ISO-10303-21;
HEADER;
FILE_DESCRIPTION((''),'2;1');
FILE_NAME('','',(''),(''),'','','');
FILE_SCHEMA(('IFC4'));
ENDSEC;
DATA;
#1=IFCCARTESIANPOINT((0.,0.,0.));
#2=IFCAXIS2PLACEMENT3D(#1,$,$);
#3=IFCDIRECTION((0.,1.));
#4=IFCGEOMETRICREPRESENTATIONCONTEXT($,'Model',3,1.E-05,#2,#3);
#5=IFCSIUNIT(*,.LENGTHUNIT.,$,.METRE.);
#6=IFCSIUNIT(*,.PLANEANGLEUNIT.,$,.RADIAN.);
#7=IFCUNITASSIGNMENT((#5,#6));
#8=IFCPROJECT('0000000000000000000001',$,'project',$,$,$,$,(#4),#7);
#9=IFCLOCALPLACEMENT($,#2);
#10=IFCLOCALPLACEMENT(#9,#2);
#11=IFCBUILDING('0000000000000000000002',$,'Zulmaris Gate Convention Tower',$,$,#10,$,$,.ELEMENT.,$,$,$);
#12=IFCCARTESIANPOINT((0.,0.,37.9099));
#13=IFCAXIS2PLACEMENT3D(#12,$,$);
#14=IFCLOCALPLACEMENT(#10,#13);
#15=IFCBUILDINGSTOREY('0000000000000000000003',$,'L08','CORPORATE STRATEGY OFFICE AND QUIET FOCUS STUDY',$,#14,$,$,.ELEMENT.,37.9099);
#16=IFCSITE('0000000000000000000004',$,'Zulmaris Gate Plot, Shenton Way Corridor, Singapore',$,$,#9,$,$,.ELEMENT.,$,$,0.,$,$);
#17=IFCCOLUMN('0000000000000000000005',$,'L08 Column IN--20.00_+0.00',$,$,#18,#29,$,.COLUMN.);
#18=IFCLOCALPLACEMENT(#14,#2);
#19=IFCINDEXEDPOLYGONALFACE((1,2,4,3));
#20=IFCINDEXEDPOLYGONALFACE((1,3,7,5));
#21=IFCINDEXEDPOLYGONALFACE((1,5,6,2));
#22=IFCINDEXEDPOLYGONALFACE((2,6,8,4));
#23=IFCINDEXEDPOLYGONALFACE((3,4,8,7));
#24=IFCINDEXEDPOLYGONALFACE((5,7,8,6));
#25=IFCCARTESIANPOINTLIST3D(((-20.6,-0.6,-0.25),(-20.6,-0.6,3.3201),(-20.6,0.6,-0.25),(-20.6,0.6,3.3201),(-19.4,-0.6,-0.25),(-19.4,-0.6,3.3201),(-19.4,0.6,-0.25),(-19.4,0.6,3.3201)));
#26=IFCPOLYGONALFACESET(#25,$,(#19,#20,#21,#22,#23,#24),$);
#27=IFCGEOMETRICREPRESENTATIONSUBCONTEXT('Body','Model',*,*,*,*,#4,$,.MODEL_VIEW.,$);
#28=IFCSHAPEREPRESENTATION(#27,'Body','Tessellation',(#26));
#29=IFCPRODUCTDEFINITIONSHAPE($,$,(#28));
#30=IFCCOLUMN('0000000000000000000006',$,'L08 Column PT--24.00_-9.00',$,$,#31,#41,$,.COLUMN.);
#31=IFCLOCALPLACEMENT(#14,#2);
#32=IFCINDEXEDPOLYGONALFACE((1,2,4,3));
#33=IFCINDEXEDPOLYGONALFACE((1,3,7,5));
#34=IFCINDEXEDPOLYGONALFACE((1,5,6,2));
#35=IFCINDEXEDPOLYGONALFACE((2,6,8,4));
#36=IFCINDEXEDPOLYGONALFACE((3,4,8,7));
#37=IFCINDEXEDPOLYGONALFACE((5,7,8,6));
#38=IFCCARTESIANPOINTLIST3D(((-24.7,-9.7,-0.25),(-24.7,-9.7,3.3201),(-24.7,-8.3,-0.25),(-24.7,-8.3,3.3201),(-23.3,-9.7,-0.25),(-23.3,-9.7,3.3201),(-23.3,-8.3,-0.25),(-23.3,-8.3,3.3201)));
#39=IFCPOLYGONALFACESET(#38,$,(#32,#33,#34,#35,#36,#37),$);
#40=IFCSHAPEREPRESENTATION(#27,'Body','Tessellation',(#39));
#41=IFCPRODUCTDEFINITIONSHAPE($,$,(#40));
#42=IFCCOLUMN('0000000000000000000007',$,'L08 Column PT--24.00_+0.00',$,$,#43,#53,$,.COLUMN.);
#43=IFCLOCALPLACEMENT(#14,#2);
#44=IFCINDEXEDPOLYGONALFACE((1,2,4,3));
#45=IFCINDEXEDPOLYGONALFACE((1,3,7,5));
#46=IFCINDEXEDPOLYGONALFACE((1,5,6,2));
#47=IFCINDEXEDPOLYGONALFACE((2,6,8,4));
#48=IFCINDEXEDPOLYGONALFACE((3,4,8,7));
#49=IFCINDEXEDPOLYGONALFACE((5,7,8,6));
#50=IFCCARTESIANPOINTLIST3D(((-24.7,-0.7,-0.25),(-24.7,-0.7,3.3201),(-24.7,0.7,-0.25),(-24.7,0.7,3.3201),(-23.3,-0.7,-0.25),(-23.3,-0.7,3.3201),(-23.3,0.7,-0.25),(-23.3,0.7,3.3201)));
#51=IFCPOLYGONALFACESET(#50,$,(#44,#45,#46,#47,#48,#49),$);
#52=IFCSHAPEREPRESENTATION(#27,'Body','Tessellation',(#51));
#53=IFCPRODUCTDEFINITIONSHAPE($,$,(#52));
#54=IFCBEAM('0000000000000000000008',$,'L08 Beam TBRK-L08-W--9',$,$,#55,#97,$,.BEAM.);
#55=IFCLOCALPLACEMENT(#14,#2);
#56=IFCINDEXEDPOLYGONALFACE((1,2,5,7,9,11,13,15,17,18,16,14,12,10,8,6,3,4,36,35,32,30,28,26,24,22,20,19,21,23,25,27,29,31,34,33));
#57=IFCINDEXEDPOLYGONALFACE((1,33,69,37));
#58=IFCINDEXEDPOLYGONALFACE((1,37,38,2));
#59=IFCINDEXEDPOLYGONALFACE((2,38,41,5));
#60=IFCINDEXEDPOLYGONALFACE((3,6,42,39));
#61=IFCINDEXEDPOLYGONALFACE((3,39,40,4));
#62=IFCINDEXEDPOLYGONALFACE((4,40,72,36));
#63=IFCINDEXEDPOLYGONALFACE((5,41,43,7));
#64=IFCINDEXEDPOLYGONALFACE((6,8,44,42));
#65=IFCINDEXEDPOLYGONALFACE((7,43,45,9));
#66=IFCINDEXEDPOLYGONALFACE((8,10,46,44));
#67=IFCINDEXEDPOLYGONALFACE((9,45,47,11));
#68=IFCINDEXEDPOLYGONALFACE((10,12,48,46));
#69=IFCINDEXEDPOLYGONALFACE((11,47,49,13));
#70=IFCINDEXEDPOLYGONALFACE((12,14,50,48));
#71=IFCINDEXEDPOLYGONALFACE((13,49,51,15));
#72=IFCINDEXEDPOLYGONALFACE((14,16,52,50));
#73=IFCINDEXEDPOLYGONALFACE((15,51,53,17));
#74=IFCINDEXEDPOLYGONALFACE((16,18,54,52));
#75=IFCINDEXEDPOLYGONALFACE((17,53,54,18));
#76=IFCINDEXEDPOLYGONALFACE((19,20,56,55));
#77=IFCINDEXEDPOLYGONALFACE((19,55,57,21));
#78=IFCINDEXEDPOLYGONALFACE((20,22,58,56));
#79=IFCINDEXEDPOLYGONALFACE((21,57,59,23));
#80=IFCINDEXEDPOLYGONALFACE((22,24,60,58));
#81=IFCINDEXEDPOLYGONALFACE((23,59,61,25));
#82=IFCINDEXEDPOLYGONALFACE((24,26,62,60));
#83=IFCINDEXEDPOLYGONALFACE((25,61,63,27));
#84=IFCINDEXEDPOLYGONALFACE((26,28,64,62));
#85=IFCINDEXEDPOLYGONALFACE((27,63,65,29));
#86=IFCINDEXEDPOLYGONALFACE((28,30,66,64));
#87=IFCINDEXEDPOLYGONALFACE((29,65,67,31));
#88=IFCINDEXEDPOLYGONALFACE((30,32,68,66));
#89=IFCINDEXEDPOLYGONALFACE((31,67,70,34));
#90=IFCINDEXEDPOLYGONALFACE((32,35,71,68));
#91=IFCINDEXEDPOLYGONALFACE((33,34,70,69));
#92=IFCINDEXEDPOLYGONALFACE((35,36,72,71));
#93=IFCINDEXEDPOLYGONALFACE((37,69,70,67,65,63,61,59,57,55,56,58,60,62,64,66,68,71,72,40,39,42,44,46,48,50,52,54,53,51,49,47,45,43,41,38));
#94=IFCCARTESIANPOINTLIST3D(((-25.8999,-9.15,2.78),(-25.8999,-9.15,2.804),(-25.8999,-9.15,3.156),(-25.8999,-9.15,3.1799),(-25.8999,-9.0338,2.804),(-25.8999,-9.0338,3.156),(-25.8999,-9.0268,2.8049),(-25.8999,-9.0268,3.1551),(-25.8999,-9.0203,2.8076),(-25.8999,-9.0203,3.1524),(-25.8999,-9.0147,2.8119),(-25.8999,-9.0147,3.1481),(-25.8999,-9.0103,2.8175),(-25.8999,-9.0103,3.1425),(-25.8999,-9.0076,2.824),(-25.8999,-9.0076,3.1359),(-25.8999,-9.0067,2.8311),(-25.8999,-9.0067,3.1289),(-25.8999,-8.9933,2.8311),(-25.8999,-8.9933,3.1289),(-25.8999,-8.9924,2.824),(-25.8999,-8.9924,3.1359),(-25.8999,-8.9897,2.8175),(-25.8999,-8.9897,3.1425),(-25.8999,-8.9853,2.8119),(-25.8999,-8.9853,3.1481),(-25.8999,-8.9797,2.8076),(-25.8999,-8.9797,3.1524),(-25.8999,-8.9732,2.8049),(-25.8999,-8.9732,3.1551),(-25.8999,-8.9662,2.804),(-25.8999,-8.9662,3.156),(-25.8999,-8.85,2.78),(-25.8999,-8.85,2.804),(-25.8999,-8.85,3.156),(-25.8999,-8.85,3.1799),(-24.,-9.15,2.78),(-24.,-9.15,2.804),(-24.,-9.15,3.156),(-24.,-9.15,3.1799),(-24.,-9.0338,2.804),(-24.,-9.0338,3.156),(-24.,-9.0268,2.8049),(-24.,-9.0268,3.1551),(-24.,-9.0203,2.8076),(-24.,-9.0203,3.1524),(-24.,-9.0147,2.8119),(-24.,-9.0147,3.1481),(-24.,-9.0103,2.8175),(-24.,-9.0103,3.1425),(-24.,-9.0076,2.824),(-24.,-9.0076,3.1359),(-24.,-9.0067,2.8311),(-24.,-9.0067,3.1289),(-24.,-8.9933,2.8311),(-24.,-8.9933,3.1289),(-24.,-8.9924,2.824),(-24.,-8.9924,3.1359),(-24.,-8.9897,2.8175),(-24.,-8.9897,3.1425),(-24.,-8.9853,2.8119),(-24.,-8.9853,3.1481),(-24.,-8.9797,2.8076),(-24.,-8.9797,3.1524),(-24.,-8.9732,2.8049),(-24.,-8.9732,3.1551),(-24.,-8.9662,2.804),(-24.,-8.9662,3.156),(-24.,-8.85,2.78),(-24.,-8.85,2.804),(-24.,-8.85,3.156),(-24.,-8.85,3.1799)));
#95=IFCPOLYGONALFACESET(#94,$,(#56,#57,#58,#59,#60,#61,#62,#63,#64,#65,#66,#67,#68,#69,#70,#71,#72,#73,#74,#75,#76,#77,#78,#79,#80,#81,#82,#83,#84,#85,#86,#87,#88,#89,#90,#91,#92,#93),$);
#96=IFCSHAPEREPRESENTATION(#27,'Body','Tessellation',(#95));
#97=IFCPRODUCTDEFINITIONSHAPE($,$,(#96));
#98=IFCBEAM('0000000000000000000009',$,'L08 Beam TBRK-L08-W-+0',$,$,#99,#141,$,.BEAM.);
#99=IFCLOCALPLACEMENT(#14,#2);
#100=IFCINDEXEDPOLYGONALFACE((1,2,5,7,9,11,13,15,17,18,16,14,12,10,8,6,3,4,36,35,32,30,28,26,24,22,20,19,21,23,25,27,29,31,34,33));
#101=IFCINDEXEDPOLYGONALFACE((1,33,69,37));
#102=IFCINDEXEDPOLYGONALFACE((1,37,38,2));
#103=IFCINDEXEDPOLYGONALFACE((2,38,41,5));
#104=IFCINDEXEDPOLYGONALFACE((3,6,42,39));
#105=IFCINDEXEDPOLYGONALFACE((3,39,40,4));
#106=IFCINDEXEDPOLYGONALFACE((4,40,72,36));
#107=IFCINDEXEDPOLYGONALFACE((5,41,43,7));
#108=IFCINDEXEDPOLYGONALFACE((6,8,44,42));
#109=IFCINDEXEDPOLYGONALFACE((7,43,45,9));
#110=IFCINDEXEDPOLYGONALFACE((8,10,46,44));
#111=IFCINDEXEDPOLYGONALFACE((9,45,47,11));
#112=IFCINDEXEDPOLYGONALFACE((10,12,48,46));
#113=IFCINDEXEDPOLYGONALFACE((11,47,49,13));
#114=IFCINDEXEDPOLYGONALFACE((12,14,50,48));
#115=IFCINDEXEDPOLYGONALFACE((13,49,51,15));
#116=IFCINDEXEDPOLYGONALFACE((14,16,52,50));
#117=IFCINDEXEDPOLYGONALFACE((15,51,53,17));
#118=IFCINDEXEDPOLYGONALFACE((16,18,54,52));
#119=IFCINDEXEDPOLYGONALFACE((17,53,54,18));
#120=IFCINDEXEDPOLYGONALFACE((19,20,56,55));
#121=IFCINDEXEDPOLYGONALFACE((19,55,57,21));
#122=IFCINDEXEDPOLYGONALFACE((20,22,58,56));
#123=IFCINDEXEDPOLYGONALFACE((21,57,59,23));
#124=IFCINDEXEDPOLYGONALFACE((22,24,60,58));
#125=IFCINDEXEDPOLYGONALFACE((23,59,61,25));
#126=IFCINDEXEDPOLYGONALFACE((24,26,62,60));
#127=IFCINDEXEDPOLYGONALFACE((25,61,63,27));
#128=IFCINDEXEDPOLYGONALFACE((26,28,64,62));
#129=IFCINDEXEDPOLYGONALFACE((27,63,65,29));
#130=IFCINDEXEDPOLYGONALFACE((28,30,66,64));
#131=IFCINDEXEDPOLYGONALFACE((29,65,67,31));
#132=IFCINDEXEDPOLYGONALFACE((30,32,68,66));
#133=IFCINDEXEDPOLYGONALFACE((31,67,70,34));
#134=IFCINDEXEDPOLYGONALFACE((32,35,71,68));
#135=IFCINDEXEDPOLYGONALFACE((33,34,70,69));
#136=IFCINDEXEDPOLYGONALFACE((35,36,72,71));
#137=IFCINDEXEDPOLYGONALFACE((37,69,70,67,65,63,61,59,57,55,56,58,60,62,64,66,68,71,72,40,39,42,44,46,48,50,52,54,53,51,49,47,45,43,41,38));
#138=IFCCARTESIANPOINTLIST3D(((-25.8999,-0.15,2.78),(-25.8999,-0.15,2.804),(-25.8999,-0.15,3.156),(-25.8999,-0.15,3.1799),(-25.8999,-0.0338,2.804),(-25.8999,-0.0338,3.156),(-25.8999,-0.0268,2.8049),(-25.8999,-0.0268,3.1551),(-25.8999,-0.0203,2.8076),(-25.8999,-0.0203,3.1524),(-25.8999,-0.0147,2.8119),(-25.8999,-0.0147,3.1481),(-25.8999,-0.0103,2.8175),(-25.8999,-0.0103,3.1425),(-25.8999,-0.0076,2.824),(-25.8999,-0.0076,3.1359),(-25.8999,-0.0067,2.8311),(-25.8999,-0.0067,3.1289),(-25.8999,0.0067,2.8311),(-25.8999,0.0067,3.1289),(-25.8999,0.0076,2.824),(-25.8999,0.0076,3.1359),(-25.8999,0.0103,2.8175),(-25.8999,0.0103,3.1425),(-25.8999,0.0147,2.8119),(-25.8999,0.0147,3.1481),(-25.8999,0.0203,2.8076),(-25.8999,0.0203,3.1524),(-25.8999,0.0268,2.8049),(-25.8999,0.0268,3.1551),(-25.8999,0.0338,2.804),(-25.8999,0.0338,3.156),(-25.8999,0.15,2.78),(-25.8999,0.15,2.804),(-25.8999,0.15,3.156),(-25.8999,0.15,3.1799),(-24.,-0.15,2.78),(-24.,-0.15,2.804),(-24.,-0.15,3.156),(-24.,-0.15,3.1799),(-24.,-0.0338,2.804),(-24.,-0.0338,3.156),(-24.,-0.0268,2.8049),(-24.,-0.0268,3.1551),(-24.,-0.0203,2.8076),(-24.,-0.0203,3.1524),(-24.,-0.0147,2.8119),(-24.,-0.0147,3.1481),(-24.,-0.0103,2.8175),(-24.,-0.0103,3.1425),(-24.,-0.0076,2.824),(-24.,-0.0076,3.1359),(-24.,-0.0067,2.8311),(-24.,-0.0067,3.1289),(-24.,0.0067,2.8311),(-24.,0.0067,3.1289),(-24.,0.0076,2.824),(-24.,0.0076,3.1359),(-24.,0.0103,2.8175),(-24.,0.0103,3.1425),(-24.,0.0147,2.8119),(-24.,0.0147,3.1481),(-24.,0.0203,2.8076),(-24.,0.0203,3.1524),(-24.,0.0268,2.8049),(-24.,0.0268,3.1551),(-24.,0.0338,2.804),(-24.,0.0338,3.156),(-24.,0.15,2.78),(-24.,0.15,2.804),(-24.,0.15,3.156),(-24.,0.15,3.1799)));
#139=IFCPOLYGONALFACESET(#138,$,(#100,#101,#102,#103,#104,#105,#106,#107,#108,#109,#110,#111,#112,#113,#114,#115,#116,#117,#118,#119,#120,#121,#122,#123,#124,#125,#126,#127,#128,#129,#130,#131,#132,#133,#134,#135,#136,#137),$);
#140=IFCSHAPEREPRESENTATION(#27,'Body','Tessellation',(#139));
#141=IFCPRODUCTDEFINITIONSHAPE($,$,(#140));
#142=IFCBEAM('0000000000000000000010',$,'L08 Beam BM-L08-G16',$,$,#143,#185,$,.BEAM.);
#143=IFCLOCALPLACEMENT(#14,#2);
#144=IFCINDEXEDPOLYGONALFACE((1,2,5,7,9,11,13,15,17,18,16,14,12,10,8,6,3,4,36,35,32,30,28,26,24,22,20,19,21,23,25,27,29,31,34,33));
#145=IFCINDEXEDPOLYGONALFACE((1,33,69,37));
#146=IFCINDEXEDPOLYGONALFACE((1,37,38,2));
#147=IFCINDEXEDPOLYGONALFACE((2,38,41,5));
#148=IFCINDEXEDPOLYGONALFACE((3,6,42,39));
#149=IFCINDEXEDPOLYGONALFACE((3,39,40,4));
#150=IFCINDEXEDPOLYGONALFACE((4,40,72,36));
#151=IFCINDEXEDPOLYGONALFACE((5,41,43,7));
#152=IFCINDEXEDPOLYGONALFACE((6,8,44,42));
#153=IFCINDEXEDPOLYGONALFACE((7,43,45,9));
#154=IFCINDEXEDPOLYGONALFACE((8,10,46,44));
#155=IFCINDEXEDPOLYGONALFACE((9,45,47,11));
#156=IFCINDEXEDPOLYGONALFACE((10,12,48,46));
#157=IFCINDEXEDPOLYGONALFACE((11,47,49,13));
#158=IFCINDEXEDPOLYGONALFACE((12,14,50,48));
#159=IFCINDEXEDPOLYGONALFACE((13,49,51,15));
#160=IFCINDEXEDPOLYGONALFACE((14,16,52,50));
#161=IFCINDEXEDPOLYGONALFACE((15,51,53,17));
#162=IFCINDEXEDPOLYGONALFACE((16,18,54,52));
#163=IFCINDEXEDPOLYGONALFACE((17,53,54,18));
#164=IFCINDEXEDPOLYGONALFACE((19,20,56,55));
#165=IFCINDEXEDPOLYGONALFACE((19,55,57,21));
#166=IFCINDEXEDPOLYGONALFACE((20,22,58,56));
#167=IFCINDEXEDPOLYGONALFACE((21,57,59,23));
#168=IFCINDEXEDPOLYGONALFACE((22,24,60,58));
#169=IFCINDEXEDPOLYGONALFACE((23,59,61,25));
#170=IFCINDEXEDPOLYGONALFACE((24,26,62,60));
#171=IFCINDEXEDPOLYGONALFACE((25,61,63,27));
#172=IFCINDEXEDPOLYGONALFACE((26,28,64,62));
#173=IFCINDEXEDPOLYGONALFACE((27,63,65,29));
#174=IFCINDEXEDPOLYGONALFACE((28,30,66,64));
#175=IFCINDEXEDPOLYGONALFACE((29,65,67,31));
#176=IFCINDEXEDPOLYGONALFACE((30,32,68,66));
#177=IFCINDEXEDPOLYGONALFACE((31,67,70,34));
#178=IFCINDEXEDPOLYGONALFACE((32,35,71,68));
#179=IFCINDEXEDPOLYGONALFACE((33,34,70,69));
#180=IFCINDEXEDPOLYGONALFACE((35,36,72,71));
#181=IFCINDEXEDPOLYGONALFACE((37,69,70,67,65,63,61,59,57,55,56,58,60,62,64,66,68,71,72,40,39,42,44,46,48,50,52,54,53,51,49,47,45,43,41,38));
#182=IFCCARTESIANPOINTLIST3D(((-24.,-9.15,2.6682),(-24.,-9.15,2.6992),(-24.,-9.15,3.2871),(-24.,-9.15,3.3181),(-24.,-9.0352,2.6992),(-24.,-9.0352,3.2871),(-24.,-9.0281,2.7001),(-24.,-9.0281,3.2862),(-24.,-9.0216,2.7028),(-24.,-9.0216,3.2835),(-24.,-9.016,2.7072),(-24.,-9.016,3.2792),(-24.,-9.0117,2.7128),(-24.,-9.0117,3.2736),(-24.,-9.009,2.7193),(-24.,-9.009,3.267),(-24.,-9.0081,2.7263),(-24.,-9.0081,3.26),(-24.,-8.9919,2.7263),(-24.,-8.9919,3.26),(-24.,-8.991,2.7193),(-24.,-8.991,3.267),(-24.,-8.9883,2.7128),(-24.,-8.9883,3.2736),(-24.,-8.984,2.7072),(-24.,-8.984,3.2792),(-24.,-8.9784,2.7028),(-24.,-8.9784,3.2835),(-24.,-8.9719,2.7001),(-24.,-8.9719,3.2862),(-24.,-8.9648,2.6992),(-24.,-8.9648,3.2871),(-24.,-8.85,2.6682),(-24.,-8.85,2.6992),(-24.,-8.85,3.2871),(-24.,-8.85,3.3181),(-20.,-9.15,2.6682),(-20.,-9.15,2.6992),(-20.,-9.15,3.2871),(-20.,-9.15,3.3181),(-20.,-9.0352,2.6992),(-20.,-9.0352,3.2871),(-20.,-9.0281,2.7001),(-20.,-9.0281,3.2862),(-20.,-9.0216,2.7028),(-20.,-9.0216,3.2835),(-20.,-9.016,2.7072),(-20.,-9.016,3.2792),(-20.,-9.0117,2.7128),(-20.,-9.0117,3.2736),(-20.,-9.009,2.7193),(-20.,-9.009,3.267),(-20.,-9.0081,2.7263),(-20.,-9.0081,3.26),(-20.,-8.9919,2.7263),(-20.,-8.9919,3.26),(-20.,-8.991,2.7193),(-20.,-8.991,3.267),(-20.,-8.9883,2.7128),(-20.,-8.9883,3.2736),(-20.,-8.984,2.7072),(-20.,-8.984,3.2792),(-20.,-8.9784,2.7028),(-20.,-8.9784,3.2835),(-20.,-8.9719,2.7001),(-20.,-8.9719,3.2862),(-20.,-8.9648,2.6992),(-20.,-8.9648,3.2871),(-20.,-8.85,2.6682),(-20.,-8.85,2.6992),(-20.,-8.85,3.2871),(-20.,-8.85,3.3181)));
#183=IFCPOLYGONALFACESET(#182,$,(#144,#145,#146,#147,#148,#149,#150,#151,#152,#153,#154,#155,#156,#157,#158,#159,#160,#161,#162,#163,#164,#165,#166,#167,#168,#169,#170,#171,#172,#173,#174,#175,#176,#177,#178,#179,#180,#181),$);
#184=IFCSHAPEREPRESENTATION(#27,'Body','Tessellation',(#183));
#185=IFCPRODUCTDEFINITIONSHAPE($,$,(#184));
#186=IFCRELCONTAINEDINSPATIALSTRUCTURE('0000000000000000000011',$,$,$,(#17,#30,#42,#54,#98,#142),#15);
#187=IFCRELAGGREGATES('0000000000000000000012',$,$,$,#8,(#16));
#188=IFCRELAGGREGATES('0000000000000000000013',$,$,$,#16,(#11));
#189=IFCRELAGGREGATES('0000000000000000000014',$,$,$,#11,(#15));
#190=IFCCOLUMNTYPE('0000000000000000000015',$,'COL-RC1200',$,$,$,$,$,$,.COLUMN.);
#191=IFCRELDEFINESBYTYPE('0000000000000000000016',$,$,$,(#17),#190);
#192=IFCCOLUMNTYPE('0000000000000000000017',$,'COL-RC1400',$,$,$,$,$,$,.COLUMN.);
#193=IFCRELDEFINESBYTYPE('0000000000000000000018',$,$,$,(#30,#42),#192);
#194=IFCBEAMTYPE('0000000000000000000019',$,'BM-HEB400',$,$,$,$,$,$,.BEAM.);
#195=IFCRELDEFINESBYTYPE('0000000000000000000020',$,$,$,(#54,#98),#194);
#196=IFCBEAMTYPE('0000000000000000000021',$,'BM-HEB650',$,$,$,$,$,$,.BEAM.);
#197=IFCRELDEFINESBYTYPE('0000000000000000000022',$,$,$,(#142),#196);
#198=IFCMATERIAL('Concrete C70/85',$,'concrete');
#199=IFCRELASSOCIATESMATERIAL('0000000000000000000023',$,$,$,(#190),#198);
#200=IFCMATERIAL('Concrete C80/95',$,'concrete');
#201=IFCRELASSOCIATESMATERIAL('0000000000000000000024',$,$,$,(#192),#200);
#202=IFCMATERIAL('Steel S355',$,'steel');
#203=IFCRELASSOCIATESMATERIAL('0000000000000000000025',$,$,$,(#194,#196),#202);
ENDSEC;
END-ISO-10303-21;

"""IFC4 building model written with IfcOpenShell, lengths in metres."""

from ifc_helpers import new_model, si_unit, direction, frame, origin, origin_2d, place, context, subcontext, project, spatial, rectangle, i_section, extrude, material, material_profile, profile_set, type_object, element, save


model = new_model("IFC4")

# Units and contexts
model_context = context("Model", 3, precision=1e-05, world=origin(), true_north=direction((0.0, 1.0)))
body_context = subcontext(model_context, "Body", "Model", "MODEL_VIEW")
ifc_project = project(units=[si_unit("LENGTHUNIT", "METRE"), si_unit("PLANEANGLEUNIT", "RADIAN")], contexts=[model_context])

# Site, building, storey
site_placement = place(None, origin())
site = spatial("IfcSite", under=ifc_project, at=site_placement, Name="Zulmaris Gate Plot, Shenton Way Corridor, Singapore", CompositionType="ELEMENT", RefElevation=0.0)
building_placement = place(site_placement, origin())
building = spatial("IfcBuilding", under=site, at=building_placement, Name="Zulmaris Gate Convention Tower", CompositionType="ELEMENT")
storey_placement = place(building_placement, frame((0.0, 0.0, 37.9099)))
storey = spatial("IfcBuildingStorey", under=building, at=storey_placement, Name="L08", Description="CORPORATE STRATEGY OFFICE AND QUIET FOCUS STUDY", CompositionType="ELEMENT", Elevation=37.9099)

# Columns
ifc_material_1 = material(Name="Concrete C70/85", Category="concrete")
ifc_material_profile_1 = material_profile(ifc_material_1, rectangle(XDim=1.2, YDim=1.2, at=origin_2d()), Name="RC COL 1200x1200")
ifc_profile_set_1 = profile_set([ifc_material_profile_1], Name="Concrete C70/85")
column_type_1 = type_object("IfcColumnType", Name="COL-RC1200", PredefinedType="COLUMN", material=ifc_profile_set_1)
column_placement = place(storey_placement, frame((-20.0, 0.0, -0.25), z_axis=(0.0, 0.0, 1.0), x_axis=(1.0, 0.0, 0.0)))
element("IfcColumn", 1, at=column_placement, inside=storey, type_object=column_type_1, Name="L08 Column IN--20.00_+0.00", PredefinedType="COLUMN", context=body_context, shape_type="SweptSolid", body=[
    extrude(rectangle(XDim=1.2, YDim=1.2, at=origin_2d()), origin(), (0.0, 0.0, 1.0), 3.5701),
])
ifc_material_2 = material(Name="Concrete C80/95", Category="concrete")
ifc_material_profile_2 = material_profile(ifc_material_2, rectangle(XDim=1.3999, YDim=1.3999, at=origin_2d()), Name="RC COL 1400x1400")
ifc_profile_set_2 = profile_set([ifc_material_profile_2], Name="Concrete C80/95")
column_type_2 = type_object("IfcColumnType", Name="COL-RC1400", PredefinedType="COLUMN", material=ifc_profile_set_2)
for number, where, z_axis, x_axis, name in (
    (2, (-24.0, -9.0, -0.25), (0.0, 0.0, 1.0), (1.0, 0.0, 0.0), "L08 Column PT--24.00_-9.00"),
    (3, (-24.0, 0.0, -0.25), (0.0, 0.0, 1.0), (1.0, 0.0, 0.0), "L08 Column PT--24.00_+0.00"),
):
    element("IfcColumn", number, at=place(storey_placement, frame(where, z_axis=z_axis, x_axis=x_axis)), inside=storey, type_object=column_type_2, Name=name, PredefinedType="COLUMN", context=body_context, shape_type="SweptSolid", body=[
        extrude(rectangle(XDim=1.3999, YDim=1.3999, at=origin_2d()), origin(), (0.0, 0.0, 1.0), 3.5701),
    ])

# Beams
ifc_material_3 = material(Name="Steel S355", Category="steel")
ifc_material_profile_3 = material_profile(ifc_material_3, i_section(OverallWidth=0.3, OverallDepth=0.3999, WebThickness=0.0134, FlangeThickness=0.0239, FilletRadius=0.0271, at=origin_2d()), Name="HEB 400")
ifc_profile_set_3 = profile_set([ifc_material_profile_3], Name="Steel S355")
beam_type_1 = type_object("IfcBeamType", Name="BM-HEB400", PredefinedType="BEAM", material=ifc_profile_set_3)
for number, where, z_axis, x_axis, name in (
    (4, (-25.8999, -9.0, 2.98), (1.0, 0.0, 0.0), (0.0, 1.0, 0.0), "L08 Beam TBRK-L08-W--9"),
    (5, (-25.8999, 0.0, 2.98), (1.0, 0.0, 0.0), (0.0, 1.0, 0.0), "L08 Beam TBRK-L08-W-+0"),
):
    element("IfcBeam", number, at=place(storey_placement, frame(where, z_axis=z_axis, x_axis=x_axis)), inside=storey, type_object=beam_type_1, Name=name, PredefinedType="BEAM", context=body_context, shape_type="SweptSolid", body=[
        extrude(i_section(OverallWidth=0.3, OverallDepth=0.3999, WebThickness=0.0134, FlangeThickness=0.0239, FilletRadius=0.0271, at=origin_2d()), origin(), (0.0, 0.0, 1.0), 1.8999),
    ])
ifc_material_profile_4 = material_profile(ifc_material_3, i_section(OverallWidth=0.3, OverallDepth=0.6499, WebThickness=0.0161, FlangeThickness=0.031, FilletRadius=0.0271, at=origin_2d()), Name="HEB 650")
ifc_profile_set_4 = profile_set([ifc_material_profile_4], Name="Steel S355")
beam_type_2 = type_object("IfcBeamType", Name="BM-HEB650", PredefinedType="BEAM", material=ifc_profile_set_4)
for number, where, z_axis, x_axis, name in (
    (6, (-24.0, -9.0, 2.9932), (1.0, 0.0, 0.0), (0.0, 1.0, 0.0), "L08 Beam BM-L08-G16"),
):
    element("IfcBeam", number, at=place(storey_placement, frame(where, z_axis=z_axis, x_axis=x_axis)), inside=storey, type_object=beam_type_2, Name=name, PredefinedType="BEAM", context=body_context, shape_type="SweptSolid", body=[
        extrude(i_section(OverallWidth=0.3, OverallDepth=0.6499, WebThickness=0.0161, FlangeThickness=0.031, FilletRadius=0.0271, at=origin_2d()), origin(), (0.0, 0.0, 1.0), 4.0),
    ])

save(model, "model.ifc")
